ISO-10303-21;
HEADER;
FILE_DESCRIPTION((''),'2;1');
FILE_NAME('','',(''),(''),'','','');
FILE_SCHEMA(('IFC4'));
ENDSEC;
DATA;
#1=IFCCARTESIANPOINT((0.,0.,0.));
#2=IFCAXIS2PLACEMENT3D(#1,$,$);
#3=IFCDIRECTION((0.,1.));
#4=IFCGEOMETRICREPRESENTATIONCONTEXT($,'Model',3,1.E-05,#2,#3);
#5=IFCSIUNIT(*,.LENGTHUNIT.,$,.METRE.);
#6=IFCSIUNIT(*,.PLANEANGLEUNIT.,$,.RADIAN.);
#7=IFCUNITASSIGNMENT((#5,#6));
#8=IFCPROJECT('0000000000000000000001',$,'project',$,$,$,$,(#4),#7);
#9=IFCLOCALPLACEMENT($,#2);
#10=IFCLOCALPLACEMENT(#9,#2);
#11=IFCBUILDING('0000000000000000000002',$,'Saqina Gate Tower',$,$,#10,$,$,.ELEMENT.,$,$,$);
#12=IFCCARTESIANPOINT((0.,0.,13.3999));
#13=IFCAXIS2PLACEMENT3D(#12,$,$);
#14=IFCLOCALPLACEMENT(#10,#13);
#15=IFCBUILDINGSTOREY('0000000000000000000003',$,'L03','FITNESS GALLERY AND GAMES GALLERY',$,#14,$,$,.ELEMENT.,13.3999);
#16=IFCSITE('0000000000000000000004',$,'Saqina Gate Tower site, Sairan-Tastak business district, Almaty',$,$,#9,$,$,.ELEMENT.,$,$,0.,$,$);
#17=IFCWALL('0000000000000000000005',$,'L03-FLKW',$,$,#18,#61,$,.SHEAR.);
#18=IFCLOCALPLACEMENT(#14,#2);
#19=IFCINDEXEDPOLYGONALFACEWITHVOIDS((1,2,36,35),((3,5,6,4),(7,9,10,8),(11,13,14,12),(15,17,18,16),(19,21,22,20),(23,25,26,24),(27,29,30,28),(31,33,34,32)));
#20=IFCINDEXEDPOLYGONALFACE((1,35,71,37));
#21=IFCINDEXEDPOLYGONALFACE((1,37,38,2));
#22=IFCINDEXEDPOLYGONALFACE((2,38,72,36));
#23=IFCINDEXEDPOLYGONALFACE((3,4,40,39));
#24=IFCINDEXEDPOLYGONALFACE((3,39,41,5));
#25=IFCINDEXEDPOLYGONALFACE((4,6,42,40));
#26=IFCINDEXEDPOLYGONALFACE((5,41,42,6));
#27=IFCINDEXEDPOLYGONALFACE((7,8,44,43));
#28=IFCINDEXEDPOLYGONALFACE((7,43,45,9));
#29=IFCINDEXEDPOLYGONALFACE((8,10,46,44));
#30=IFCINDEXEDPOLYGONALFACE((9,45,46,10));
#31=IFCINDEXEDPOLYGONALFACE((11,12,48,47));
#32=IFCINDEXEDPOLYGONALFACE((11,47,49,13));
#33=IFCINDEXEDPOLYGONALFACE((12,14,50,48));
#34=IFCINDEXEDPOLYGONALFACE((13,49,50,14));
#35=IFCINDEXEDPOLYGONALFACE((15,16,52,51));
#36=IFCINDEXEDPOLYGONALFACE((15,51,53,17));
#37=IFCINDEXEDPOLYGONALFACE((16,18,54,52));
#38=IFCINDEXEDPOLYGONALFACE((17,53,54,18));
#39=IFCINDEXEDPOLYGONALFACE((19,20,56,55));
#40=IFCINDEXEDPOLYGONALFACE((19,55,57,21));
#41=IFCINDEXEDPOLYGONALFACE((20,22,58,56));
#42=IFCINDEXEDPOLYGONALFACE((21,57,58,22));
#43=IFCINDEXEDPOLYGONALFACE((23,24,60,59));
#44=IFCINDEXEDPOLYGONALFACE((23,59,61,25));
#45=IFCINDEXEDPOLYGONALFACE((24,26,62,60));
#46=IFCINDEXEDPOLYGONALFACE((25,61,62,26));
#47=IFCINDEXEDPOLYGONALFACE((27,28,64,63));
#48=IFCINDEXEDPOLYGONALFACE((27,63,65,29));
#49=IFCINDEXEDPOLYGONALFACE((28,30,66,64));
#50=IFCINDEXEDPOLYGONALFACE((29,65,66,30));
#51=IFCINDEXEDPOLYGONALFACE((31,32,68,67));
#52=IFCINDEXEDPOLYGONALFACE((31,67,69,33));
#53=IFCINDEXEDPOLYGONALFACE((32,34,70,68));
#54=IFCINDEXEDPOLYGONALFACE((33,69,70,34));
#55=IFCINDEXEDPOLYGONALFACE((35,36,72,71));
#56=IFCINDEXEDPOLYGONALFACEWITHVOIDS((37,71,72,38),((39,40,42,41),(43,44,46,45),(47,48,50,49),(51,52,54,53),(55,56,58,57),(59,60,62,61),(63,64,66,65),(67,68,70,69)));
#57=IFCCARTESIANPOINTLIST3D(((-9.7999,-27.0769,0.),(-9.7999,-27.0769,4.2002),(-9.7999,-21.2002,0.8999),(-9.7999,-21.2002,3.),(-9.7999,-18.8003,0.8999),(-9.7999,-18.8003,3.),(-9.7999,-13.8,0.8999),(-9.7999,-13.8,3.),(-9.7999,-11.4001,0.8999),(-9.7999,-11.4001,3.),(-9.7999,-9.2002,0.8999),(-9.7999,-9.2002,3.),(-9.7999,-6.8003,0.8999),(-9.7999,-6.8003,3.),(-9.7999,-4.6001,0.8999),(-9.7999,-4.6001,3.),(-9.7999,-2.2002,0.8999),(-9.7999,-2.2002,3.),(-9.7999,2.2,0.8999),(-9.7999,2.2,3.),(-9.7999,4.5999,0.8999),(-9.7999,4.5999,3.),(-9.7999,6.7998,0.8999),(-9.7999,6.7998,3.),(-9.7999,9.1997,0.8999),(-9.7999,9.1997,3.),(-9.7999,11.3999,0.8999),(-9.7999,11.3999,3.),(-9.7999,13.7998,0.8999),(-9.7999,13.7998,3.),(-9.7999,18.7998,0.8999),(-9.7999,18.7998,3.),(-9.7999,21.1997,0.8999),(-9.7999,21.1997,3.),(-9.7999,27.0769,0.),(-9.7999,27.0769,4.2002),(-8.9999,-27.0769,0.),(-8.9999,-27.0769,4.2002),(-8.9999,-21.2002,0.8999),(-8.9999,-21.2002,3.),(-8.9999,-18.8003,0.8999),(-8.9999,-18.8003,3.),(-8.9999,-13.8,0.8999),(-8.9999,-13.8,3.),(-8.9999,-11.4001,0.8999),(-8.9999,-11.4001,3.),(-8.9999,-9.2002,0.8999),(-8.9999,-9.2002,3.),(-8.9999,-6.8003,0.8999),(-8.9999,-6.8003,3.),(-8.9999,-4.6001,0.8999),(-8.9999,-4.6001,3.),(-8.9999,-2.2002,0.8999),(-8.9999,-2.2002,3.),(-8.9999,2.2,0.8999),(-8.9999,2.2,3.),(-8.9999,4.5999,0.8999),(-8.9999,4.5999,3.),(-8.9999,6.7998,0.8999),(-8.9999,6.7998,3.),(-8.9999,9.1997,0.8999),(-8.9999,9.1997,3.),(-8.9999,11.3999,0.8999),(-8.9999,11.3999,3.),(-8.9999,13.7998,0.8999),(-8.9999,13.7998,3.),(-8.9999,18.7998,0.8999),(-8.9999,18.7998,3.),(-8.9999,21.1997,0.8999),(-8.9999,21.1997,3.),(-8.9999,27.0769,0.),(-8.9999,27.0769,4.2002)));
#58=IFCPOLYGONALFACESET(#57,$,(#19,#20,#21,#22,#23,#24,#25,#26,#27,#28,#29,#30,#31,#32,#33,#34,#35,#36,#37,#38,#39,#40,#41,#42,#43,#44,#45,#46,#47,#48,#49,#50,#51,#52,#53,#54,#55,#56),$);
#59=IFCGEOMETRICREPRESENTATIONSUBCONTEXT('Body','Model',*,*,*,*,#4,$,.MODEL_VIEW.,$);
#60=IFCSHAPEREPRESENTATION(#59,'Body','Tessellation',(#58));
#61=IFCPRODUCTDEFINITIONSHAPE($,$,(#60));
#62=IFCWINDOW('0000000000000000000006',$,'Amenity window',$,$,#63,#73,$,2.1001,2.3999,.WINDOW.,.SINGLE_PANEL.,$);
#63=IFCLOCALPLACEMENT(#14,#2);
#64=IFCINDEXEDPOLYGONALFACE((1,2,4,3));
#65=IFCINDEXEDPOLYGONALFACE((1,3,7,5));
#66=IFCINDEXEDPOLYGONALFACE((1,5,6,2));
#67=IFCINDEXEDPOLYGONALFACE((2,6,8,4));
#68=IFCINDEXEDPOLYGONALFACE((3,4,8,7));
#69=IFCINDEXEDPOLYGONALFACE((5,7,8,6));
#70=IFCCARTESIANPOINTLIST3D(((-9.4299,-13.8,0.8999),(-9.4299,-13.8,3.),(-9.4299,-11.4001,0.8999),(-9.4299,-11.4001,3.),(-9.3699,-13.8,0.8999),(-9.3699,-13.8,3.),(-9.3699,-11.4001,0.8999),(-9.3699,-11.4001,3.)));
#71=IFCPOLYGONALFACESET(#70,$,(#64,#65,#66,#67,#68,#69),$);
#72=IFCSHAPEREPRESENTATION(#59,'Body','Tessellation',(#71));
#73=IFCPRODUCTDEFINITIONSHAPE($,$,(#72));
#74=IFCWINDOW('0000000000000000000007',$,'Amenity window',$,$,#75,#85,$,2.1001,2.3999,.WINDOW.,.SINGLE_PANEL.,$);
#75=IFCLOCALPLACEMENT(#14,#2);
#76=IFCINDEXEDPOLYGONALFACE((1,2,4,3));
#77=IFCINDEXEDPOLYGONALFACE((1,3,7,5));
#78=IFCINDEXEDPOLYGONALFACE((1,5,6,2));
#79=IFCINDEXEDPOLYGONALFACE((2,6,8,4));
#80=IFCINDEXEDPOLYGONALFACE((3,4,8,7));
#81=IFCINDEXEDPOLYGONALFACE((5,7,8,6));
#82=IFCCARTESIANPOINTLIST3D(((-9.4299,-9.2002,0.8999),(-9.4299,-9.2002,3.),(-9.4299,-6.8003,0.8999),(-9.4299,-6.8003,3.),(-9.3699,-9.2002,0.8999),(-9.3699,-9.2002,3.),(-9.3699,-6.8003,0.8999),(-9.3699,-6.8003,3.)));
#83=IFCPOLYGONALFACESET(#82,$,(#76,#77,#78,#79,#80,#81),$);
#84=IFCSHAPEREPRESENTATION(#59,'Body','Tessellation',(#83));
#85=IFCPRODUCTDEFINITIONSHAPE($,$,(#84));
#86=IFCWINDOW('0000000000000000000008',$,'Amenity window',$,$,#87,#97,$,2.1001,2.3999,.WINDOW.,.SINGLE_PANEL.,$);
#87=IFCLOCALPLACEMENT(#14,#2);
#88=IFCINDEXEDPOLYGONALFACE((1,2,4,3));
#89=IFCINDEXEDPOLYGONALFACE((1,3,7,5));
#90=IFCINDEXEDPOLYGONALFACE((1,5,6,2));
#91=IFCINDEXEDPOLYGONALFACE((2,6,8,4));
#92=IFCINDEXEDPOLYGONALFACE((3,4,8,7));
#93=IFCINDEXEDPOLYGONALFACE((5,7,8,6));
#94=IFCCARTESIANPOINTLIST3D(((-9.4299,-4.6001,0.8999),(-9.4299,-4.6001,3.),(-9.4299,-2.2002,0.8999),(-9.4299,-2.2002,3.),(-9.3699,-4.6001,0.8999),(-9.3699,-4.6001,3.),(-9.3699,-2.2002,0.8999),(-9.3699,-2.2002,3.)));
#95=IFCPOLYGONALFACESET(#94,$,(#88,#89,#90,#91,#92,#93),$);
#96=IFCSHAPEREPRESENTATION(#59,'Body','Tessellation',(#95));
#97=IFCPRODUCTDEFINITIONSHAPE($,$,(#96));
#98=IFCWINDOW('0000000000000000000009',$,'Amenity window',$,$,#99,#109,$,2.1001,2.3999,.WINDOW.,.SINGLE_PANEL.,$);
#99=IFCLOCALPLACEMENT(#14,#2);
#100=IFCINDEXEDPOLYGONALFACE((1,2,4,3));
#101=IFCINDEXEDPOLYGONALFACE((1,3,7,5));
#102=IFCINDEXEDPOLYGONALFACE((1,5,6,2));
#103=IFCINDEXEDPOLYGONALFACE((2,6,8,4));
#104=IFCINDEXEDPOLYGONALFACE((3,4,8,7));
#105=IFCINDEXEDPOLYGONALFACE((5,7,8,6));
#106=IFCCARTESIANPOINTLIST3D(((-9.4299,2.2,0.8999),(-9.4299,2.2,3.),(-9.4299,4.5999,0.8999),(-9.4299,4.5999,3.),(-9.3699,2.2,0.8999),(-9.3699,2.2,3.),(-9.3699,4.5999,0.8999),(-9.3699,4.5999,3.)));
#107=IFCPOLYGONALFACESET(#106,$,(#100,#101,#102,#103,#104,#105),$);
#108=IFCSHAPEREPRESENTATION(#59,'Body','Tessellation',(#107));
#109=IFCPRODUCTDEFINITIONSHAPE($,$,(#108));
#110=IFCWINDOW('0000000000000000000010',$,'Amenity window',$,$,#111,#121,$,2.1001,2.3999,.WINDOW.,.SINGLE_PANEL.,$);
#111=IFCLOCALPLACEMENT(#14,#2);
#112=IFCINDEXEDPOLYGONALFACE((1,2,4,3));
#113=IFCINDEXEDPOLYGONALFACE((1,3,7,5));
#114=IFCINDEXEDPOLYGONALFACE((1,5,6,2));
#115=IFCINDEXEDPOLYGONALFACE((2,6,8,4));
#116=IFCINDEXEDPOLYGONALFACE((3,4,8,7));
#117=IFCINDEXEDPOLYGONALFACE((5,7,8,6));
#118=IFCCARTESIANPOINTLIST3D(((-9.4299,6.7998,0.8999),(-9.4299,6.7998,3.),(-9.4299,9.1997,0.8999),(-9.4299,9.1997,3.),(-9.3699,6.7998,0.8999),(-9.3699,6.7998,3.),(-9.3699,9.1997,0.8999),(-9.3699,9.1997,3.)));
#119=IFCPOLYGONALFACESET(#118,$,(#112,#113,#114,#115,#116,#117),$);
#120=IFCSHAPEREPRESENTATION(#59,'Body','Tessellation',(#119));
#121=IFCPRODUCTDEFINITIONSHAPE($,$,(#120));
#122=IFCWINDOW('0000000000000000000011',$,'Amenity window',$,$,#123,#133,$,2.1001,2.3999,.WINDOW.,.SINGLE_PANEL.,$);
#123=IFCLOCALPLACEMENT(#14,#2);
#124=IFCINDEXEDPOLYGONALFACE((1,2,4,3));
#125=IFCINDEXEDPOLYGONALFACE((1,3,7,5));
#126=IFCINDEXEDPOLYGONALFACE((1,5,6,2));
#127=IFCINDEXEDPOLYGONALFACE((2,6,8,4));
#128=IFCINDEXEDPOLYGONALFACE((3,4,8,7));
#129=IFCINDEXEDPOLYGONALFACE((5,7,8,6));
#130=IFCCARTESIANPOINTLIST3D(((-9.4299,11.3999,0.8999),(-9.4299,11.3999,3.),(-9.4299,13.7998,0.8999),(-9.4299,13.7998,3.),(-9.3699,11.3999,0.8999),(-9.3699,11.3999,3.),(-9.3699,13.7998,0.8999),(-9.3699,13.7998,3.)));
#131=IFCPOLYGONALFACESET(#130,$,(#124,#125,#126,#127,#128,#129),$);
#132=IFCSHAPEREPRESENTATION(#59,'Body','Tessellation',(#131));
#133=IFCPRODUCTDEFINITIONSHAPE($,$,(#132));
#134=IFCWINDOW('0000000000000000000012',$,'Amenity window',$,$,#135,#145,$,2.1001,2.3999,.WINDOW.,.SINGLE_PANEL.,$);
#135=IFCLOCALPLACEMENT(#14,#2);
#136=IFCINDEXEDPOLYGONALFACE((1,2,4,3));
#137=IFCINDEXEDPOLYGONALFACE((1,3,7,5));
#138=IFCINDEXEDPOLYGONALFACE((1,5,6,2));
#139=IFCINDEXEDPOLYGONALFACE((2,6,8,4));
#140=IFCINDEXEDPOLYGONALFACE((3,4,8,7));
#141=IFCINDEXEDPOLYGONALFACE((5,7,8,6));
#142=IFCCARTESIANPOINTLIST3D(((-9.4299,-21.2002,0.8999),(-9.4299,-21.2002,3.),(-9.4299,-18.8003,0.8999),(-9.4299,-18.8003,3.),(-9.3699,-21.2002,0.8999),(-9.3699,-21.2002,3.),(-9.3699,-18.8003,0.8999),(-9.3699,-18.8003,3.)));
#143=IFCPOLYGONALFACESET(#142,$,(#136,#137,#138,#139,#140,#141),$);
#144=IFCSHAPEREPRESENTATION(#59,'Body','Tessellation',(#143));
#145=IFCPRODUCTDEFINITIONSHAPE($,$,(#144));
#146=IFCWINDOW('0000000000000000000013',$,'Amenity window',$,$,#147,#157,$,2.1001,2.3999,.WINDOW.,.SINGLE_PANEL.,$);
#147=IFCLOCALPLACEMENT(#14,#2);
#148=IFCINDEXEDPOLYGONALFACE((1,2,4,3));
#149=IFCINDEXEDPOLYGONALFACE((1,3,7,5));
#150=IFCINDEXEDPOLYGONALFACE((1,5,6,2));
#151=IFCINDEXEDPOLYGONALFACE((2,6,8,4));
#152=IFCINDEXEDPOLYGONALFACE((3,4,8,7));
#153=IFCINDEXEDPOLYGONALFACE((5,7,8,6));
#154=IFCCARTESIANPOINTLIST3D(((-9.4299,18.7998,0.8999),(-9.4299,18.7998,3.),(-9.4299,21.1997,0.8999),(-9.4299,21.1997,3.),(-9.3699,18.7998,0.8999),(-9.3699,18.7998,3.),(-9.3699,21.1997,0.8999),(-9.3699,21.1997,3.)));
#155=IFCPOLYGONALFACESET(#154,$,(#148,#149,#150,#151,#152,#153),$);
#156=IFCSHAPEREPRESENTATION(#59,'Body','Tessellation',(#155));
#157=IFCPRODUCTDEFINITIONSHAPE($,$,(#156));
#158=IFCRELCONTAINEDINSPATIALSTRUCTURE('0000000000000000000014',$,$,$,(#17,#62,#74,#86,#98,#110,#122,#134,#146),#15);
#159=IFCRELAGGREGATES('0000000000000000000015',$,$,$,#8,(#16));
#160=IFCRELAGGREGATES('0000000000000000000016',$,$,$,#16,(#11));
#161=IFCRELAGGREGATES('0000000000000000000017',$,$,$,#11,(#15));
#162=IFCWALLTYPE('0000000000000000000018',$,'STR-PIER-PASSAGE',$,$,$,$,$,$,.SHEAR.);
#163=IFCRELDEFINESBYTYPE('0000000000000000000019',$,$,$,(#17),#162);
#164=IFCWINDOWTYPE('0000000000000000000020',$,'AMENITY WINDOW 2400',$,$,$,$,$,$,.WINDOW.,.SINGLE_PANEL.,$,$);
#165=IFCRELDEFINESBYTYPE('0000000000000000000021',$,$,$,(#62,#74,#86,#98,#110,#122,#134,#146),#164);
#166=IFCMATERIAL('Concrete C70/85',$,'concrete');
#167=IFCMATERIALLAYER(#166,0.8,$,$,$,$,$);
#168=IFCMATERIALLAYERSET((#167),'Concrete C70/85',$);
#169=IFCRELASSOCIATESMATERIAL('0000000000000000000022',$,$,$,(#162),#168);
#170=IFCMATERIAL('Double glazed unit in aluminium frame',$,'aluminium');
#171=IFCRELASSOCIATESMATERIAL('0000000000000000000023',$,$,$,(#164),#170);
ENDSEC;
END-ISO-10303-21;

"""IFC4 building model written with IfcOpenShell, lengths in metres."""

from ifc_helpers import new_model, si_unit, direction, frame, frame_2d, origin, place, context, subcontext, project, spatial, rectangle, extrude, material, layer, layer_set, type_object, element, fill, save


model = new_model("IFC4")

# Units and contexts
model_context = context("Model", 3, precision=1e-05, world=origin(), true_north=direction((0.0, 1.0)))
body_context = subcontext(model_context, "Body", "Model", "MODEL_VIEW")
ifc_project = project(units=[si_unit("LENGTHUNIT", "METRE"), si_unit("PLANEANGLEUNIT", "RADIAN")], contexts=[model_context])

# Site, building, storey
site_placement = place(None, origin())
site = spatial("IfcSite", under=ifc_project, at=site_placement, Name="Saqina Gate Tower site, Sairan-Tastak business district, Almaty", CompositionType="ELEMENT", RefElevation=0.0)
building_placement = place(site_placement, origin())
building = spatial("IfcBuilding", under=site, at=building_placement, Name="Saqina Gate Tower", CompositionType="ELEMENT")
storey_placement = place(building_placement, frame((0.0, 0.0, 13.3999)))
storey = spatial("IfcBuildingStorey", under=building, at=storey_placement, Name="L03", Description="FITNESS GALLERY AND GAMES GALLERY", CompositionType="ELEMENT", Elevation=13.3999)

# Wall, openings, windows
ifc_material_1 = material(Name="Concrete C70/85", Category="concrete")
ifc_layer_1 = layer(ifc_material_1, 0.8)
ifc_layer_set_1 = layer_set([ifc_layer_1], Name="Concrete C70/85")
wall_type_1 = type_object("IfcWallType", Name="STR-PIER-PASSAGE", PredefinedType="SHEAR", material=ifc_layer_set_1)
wall_1_placement = place(storey_placement, frame((-9.3999, -27.0769, 0.0), z_axis=(0.0, 0.0, 1.0), x_axis=(0.0, 1.0, 0.0)))
wall_1 = element("IfcWall", 1, at=wall_1_placement, inside=storey, type_object=wall_type_1, Name="L03-FLKW", PredefinedType="SHEAR", context=body_context, shape_type="SweptSolid", body=[
    extrude(rectangle(XDim=54.1538, YDim=0.8, at=frame_2d((27.0769, 0.0))), origin(), (0.0, 0.0, 1.0), 4.2002),
])
opening_1_placement = place(wall_1_placement, frame((13.2769, 0.0, 0.8999)))
opening_1 = element("IfcOpeningElement", 2, at=opening_1_placement, cuts=wall_1, PredefinedType="OPENING", context=body_context, shape_type="SweptSolid", body=[
    extrude(rectangle(XDim=2.3999, YDim=2.1001, at=frame_2d((1.2, 1.05))), frame((0.0, 0.4121, 0.0), z_axis=(0.0, -1.0, 0.0), x_axis=(1.0, 0.0, 0.0)), (0.0, 0.0, 1.0), 0.824),
])
opening_2_placement = place(wall_1_placement, frame((17.8767, 0.0, 0.8999)))
opening_2 = element("IfcOpeningElement", 3, at=opening_2_placement, cuts=wall_1, PredefinedType="OPENING", context=body_context, shape_type="SweptSolid", body=[
    extrude(rectangle(XDim=2.3999, YDim=2.1001, at=frame_2d((1.2, 1.05))), frame((0.0, 0.4121, 0.0), z_axis=(0.0, -1.0, 0.0), x_axis=(1.0, 0.0, 0.0)), (0.0, 0.0, 1.0), 0.824),
])
opening_3_placement = place(wall_1_placement, frame((22.4768, 0.0, 0.8999)))
opening_3 = element("IfcOpeningElement", 4, at=opening_3_placement, cuts=wall_1, PredefinedType="OPENING", context=body_context, shape_type="SweptSolid", body=[
    extrude(rectangle(XDim=2.3999, YDim=2.1001, at=frame_2d((1.2, 1.05))), frame((0.0, 0.4121, 0.0), z_axis=(0.0, -1.0, 0.0), x_axis=(1.0, 0.0, 0.0)), (0.0, 0.0, 1.0), 0.824),
])
opening_4_placement = place(wall_1_placement, frame((29.2769, 0.0, 0.8999)))
opening_4 = element("IfcOpeningElement", 5, at=opening_4_placement, cuts=wall_1, PredefinedType="OPENING", context=body_context, shape_type="SweptSolid", body=[
    extrude(rectangle(XDim=2.3999, YDim=2.1001, at=frame_2d((1.2, 1.05))), frame((0.0, 0.4121, 0.0), z_axis=(0.0, -1.0, 0.0), x_axis=(1.0, 0.0, 0.0)), (0.0, 0.0, 1.0), 0.824),
])
opening_5_placement = place(wall_1_placement, frame((33.8767, 0.0, 0.8999)))
opening_5 = element("IfcOpeningElement", 6, at=opening_5_placement, cuts=wall_1, PredefinedType="OPENING", context=body_context, shape_type="SweptSolid", body=[
    extrude(rectangle(XDim=2.3999, YDim=2.1001, at=frame_2d((1.2, 1.05))), frame((0.0, 0.4121, 0.0), z_axis=(0.0, -1.0, 0.0), x_axis=(1.0, 0.0, 0.0)), (0.0, 0.0, 1.0), 0.824),
])
opening_6_placement = place(wall_1_placement, frame((38.4768, 0.0, 0.8999)))
opening_6 = element("IfcOpeningElement", 7, at=opening_6_placement, cuts=wall_1, PredefinedType="OPENING", context=body_context, shape_type="SweptSolid", body=[
    extrude(rectangle(XDim=2.3999, YDim=2.1001, at=frame_2d((1.2, 1.05))), frame((0.0, 0.4121, 0.0), z_axis=(0.0, -1.0, 0.0), x_axis=(1.0, 0.0, 0.0)), (0.0, 0.0, 1.0), 0.824),
])
opening_7_placement = place(wall_1_placement, frame((5.8767, 0.0, 0.8999)))
opening_7 = element("IfcOpeningElement", 8, at=opening_7_placement, cuts=wall_1, PredefinedType="OPENING", context=body_context, shape_type="SweptSolid", body=[
    extrude(rectangle(XDim=2.3999, YDim=2.1001, at=frame_2d((1.2, 1.05))), frame((0.0, 0.4121, 0.0), z_axis=(0.0, -1.0, 0.0), x_axis=(1.0, 0.0, 0.0)), (0.0, 0.0, 1.0), 0.824),
])
opening_8_placement = place(wall_1_placement, frame((45.8767, 0.0, 0.8999)))
opening_8 = element("IfcOpeningElement", 9, at=opening_8_placement, cuts=wall_1, PredefinedType="OPENING", context=body_context, shape_type="SweptSolid", body=[
    extrude(rectangle(XDim=2.3999, YDim=2.1001, at=frame_2d((1.2, 1.05))), frame((0.0, 0.4121, 0.0), z_axis=(0.0, -1.0, 0.0), x_axis=(1.0, 0.0, 0.0)), (0.0, 0.0, 1.0), 0.824),
])
ifc_material_2 = material(Name="Double glazed unit in aluminium frame", Category="aluminium")
window_type = type_object("IfcWindowType", Name="AMENITY WINDOW 2400", PartitioningType="SINGLE_PANEL", PredefinedType="WINDOW", material=ifc_material_2)
window_1_placement = place(opening_1_placement, origin())
window_1 = element("IfcWindow", 10, at=window_1_placement, inside=storey, type_object=window_type, Name="Amenity window", OverallHeight=2.1001, OverallWidth=2.3999, PartitioningType="SINGLE_PANEL", PredefinedType="WINDOW", context=body_context, shape_type="SweptSolid", body=[
    extrude(rectangle(XDim=2.3999, YDim=2.1001, at=frame_2d((1.2, 1.05))), frame((0.0, 0.03, 0.0), z_axis=(0.0, -1.0, 0.0), x_axis=(1.0, 0.0, 0.0)), (0.0, 0.0, 1.0), 0.0601),
])
fill(opening_1, window_1)
window_2_placement = place(opening_2_placement, origin())
window_2 = element("IfcWindow", 11, at=window_2_placement, inside=storey, type_object=window_type, Name="Amenity window", OverallHeight=2.1001, OverallWidth=2.3999, PartitioningType="SINGLE_PANEL", PredefinedType="WINDOW", context=body_context, shape_type="SweptSolid", body=[
    extrude(rectangle(XDim=2.3999, YDim=2.1001, at=frame_2d((1.2, 1.05))), frame((0.0, 0.03, 0.0), z_axis=(0.0, -1.0, 0.0), x_axis=(1.0, 0.0, 0.0)), (0.0, 0.0, 1.0), 0.0601),
])
fill(opening_2, window_2)
window_3_placement = place(opening_3_placement, origin())
window_3 = element("IfcWindow", 12, at=window_3_placement, inside=storey, type_object=window_type, Name="Amenity window", OverallHeight=2.1001, OverallWidth=2.3999, PartitioningType="SINGLE_PANEL", PredefinedType="WINDOW", context=body_context, shape_type="SweptSolid", body=[
    extrude(rectangle(XDim=2.3999, YDim=2.1001, at=frame_2d((1.2, 1.05))), frame((0.0, 0.03, 0.0), z_axis=(0.0, -1.0, 0.0), x_axis=(1.0, 0.0, 0.0)), (0.0, 0.0, 1.0), 0.0601),
])
fill(opening_3, window_3)
window_4_placement = place(opening_4_placement, origin())
window_4 = element("IfcWindow", 13, at=window_4_placement, inside=storey, type_object=window_type, Name="Amenity window", OverallHeight=2.1001, OverallWidth=2.3999, PartitioningType="SINGLE_PANEL", PredefinedType="WINDOW", context=body_context, shape_type="SweptSolid", body=[
    extrude(rectangle(XDim=2.3999, YDim=2.1001, at=frame_2d((1.2, 1.05))), frame((0.0, 0.03, 0.0), z_axis=(0.0, -1.0, 0.0), x_axis=(1.0, 0.0, 0.0)), (0.0, 0.0, 1.0), 0.0601),
])
fill(opening_4, window_4)
window_5_placement = place(opening_5_placement, origin())
window_5 = element("IfcWindow", 14, at=window_5_placement, inside=storey, type_object=window_type, Name="Amenity window", OverallHeight=2.1001, OverallWidth=2.3999, PartitioningType="SINGLE_PANEL", PredefinedType="WINDOW", context=body_context, shape_type="SweptSolid", body=[
    extrude(rectangle(XDim=2.3999, YDim=2.1001, at=frame_2d((1.2, 1.05))), frame((0.0, 0.03, 0.0), z_axis=(0.0, -1.0, 0.0), x_axis=(1.0, 0.0, 0.0)), (0.0, 0.0, 1.0), 0.0601),
])
fill(opening_5, window_5)
window_6_placement = place(opening_6_placement, origin())
window_6 = element("IfcWindow", 15, at=window_6_placement, inside=storey, type_object=window_type, Name="Amenity window", OverallHeight=2.1001, OverallWidth=2.3999, PartitioningType="SINGLE_PANEL", PredefinedType="WINDOW", context=body_context, shape_type="SweptSolid", body=[
    extrude(rectangle(XDim=2.3999, YDim=2.1001, at=frame_2d((1.2, 1.05))), frame((0.0, 0.03, 0.0), z_axis=(0.0, -1.0, 0.0), x_axis=(1.0, 0.0, 0.0)), (0.0, 0.0, 1.0), 0.0601),
])
fill(opening_6, window_6)
window_7_placement = place(opening_7_placement, origin())
window_7 = element("IfcWindow", 16, at=window_7_placement, inside=storey, type_object=window_type, Name="Amenity window", OverallHeight=2.1001, OverallWidth=2.3999, PartitioningType="SINGLE_PANEL", PredefinedType="WINDOW", context=body_context, shape_type="SweptSolid", body=[
    extrude(rectangle(XDim=2.3999, YDim=2.1001, at=frame_2d((1.2, 1.05))), frame((0.0, 0.03, 0.0), z_axis=(0.0, -1.0, 0.0), x_axis=(1.0, 0.0, 0.0)), (0.0, 0.0, 1.0), 0.0601),
])
fill(opening_7, window_7)
window_8_placement = place(opening_8_placement, origin())
window_8 = element("IfcWindow", 17, at=window_8_placement, inside=storey, type_object=window_type, Name="Amenity window", OverallHeight=2.1001, OverallWidth=2.3999, PartitioningType="SINGLE_PANEL", PredefinedType="WINDOW", context=body_context, shape_type="SweptSolid", body=[
    extrude(rectangle(XDim=2.3999, YDim=2.1001, at=frame_2d((1.2, 1.05))), frame((0.0, 0.03, 0.0), z_axis=(0.0, -1.0, 0.0), x_axis=(1.0, 0.0, 0.0)), (0.0, 0.0, 1.0), 0.0601),
])
fill(opening_8, window_8)

save(model, "model.ifc")
